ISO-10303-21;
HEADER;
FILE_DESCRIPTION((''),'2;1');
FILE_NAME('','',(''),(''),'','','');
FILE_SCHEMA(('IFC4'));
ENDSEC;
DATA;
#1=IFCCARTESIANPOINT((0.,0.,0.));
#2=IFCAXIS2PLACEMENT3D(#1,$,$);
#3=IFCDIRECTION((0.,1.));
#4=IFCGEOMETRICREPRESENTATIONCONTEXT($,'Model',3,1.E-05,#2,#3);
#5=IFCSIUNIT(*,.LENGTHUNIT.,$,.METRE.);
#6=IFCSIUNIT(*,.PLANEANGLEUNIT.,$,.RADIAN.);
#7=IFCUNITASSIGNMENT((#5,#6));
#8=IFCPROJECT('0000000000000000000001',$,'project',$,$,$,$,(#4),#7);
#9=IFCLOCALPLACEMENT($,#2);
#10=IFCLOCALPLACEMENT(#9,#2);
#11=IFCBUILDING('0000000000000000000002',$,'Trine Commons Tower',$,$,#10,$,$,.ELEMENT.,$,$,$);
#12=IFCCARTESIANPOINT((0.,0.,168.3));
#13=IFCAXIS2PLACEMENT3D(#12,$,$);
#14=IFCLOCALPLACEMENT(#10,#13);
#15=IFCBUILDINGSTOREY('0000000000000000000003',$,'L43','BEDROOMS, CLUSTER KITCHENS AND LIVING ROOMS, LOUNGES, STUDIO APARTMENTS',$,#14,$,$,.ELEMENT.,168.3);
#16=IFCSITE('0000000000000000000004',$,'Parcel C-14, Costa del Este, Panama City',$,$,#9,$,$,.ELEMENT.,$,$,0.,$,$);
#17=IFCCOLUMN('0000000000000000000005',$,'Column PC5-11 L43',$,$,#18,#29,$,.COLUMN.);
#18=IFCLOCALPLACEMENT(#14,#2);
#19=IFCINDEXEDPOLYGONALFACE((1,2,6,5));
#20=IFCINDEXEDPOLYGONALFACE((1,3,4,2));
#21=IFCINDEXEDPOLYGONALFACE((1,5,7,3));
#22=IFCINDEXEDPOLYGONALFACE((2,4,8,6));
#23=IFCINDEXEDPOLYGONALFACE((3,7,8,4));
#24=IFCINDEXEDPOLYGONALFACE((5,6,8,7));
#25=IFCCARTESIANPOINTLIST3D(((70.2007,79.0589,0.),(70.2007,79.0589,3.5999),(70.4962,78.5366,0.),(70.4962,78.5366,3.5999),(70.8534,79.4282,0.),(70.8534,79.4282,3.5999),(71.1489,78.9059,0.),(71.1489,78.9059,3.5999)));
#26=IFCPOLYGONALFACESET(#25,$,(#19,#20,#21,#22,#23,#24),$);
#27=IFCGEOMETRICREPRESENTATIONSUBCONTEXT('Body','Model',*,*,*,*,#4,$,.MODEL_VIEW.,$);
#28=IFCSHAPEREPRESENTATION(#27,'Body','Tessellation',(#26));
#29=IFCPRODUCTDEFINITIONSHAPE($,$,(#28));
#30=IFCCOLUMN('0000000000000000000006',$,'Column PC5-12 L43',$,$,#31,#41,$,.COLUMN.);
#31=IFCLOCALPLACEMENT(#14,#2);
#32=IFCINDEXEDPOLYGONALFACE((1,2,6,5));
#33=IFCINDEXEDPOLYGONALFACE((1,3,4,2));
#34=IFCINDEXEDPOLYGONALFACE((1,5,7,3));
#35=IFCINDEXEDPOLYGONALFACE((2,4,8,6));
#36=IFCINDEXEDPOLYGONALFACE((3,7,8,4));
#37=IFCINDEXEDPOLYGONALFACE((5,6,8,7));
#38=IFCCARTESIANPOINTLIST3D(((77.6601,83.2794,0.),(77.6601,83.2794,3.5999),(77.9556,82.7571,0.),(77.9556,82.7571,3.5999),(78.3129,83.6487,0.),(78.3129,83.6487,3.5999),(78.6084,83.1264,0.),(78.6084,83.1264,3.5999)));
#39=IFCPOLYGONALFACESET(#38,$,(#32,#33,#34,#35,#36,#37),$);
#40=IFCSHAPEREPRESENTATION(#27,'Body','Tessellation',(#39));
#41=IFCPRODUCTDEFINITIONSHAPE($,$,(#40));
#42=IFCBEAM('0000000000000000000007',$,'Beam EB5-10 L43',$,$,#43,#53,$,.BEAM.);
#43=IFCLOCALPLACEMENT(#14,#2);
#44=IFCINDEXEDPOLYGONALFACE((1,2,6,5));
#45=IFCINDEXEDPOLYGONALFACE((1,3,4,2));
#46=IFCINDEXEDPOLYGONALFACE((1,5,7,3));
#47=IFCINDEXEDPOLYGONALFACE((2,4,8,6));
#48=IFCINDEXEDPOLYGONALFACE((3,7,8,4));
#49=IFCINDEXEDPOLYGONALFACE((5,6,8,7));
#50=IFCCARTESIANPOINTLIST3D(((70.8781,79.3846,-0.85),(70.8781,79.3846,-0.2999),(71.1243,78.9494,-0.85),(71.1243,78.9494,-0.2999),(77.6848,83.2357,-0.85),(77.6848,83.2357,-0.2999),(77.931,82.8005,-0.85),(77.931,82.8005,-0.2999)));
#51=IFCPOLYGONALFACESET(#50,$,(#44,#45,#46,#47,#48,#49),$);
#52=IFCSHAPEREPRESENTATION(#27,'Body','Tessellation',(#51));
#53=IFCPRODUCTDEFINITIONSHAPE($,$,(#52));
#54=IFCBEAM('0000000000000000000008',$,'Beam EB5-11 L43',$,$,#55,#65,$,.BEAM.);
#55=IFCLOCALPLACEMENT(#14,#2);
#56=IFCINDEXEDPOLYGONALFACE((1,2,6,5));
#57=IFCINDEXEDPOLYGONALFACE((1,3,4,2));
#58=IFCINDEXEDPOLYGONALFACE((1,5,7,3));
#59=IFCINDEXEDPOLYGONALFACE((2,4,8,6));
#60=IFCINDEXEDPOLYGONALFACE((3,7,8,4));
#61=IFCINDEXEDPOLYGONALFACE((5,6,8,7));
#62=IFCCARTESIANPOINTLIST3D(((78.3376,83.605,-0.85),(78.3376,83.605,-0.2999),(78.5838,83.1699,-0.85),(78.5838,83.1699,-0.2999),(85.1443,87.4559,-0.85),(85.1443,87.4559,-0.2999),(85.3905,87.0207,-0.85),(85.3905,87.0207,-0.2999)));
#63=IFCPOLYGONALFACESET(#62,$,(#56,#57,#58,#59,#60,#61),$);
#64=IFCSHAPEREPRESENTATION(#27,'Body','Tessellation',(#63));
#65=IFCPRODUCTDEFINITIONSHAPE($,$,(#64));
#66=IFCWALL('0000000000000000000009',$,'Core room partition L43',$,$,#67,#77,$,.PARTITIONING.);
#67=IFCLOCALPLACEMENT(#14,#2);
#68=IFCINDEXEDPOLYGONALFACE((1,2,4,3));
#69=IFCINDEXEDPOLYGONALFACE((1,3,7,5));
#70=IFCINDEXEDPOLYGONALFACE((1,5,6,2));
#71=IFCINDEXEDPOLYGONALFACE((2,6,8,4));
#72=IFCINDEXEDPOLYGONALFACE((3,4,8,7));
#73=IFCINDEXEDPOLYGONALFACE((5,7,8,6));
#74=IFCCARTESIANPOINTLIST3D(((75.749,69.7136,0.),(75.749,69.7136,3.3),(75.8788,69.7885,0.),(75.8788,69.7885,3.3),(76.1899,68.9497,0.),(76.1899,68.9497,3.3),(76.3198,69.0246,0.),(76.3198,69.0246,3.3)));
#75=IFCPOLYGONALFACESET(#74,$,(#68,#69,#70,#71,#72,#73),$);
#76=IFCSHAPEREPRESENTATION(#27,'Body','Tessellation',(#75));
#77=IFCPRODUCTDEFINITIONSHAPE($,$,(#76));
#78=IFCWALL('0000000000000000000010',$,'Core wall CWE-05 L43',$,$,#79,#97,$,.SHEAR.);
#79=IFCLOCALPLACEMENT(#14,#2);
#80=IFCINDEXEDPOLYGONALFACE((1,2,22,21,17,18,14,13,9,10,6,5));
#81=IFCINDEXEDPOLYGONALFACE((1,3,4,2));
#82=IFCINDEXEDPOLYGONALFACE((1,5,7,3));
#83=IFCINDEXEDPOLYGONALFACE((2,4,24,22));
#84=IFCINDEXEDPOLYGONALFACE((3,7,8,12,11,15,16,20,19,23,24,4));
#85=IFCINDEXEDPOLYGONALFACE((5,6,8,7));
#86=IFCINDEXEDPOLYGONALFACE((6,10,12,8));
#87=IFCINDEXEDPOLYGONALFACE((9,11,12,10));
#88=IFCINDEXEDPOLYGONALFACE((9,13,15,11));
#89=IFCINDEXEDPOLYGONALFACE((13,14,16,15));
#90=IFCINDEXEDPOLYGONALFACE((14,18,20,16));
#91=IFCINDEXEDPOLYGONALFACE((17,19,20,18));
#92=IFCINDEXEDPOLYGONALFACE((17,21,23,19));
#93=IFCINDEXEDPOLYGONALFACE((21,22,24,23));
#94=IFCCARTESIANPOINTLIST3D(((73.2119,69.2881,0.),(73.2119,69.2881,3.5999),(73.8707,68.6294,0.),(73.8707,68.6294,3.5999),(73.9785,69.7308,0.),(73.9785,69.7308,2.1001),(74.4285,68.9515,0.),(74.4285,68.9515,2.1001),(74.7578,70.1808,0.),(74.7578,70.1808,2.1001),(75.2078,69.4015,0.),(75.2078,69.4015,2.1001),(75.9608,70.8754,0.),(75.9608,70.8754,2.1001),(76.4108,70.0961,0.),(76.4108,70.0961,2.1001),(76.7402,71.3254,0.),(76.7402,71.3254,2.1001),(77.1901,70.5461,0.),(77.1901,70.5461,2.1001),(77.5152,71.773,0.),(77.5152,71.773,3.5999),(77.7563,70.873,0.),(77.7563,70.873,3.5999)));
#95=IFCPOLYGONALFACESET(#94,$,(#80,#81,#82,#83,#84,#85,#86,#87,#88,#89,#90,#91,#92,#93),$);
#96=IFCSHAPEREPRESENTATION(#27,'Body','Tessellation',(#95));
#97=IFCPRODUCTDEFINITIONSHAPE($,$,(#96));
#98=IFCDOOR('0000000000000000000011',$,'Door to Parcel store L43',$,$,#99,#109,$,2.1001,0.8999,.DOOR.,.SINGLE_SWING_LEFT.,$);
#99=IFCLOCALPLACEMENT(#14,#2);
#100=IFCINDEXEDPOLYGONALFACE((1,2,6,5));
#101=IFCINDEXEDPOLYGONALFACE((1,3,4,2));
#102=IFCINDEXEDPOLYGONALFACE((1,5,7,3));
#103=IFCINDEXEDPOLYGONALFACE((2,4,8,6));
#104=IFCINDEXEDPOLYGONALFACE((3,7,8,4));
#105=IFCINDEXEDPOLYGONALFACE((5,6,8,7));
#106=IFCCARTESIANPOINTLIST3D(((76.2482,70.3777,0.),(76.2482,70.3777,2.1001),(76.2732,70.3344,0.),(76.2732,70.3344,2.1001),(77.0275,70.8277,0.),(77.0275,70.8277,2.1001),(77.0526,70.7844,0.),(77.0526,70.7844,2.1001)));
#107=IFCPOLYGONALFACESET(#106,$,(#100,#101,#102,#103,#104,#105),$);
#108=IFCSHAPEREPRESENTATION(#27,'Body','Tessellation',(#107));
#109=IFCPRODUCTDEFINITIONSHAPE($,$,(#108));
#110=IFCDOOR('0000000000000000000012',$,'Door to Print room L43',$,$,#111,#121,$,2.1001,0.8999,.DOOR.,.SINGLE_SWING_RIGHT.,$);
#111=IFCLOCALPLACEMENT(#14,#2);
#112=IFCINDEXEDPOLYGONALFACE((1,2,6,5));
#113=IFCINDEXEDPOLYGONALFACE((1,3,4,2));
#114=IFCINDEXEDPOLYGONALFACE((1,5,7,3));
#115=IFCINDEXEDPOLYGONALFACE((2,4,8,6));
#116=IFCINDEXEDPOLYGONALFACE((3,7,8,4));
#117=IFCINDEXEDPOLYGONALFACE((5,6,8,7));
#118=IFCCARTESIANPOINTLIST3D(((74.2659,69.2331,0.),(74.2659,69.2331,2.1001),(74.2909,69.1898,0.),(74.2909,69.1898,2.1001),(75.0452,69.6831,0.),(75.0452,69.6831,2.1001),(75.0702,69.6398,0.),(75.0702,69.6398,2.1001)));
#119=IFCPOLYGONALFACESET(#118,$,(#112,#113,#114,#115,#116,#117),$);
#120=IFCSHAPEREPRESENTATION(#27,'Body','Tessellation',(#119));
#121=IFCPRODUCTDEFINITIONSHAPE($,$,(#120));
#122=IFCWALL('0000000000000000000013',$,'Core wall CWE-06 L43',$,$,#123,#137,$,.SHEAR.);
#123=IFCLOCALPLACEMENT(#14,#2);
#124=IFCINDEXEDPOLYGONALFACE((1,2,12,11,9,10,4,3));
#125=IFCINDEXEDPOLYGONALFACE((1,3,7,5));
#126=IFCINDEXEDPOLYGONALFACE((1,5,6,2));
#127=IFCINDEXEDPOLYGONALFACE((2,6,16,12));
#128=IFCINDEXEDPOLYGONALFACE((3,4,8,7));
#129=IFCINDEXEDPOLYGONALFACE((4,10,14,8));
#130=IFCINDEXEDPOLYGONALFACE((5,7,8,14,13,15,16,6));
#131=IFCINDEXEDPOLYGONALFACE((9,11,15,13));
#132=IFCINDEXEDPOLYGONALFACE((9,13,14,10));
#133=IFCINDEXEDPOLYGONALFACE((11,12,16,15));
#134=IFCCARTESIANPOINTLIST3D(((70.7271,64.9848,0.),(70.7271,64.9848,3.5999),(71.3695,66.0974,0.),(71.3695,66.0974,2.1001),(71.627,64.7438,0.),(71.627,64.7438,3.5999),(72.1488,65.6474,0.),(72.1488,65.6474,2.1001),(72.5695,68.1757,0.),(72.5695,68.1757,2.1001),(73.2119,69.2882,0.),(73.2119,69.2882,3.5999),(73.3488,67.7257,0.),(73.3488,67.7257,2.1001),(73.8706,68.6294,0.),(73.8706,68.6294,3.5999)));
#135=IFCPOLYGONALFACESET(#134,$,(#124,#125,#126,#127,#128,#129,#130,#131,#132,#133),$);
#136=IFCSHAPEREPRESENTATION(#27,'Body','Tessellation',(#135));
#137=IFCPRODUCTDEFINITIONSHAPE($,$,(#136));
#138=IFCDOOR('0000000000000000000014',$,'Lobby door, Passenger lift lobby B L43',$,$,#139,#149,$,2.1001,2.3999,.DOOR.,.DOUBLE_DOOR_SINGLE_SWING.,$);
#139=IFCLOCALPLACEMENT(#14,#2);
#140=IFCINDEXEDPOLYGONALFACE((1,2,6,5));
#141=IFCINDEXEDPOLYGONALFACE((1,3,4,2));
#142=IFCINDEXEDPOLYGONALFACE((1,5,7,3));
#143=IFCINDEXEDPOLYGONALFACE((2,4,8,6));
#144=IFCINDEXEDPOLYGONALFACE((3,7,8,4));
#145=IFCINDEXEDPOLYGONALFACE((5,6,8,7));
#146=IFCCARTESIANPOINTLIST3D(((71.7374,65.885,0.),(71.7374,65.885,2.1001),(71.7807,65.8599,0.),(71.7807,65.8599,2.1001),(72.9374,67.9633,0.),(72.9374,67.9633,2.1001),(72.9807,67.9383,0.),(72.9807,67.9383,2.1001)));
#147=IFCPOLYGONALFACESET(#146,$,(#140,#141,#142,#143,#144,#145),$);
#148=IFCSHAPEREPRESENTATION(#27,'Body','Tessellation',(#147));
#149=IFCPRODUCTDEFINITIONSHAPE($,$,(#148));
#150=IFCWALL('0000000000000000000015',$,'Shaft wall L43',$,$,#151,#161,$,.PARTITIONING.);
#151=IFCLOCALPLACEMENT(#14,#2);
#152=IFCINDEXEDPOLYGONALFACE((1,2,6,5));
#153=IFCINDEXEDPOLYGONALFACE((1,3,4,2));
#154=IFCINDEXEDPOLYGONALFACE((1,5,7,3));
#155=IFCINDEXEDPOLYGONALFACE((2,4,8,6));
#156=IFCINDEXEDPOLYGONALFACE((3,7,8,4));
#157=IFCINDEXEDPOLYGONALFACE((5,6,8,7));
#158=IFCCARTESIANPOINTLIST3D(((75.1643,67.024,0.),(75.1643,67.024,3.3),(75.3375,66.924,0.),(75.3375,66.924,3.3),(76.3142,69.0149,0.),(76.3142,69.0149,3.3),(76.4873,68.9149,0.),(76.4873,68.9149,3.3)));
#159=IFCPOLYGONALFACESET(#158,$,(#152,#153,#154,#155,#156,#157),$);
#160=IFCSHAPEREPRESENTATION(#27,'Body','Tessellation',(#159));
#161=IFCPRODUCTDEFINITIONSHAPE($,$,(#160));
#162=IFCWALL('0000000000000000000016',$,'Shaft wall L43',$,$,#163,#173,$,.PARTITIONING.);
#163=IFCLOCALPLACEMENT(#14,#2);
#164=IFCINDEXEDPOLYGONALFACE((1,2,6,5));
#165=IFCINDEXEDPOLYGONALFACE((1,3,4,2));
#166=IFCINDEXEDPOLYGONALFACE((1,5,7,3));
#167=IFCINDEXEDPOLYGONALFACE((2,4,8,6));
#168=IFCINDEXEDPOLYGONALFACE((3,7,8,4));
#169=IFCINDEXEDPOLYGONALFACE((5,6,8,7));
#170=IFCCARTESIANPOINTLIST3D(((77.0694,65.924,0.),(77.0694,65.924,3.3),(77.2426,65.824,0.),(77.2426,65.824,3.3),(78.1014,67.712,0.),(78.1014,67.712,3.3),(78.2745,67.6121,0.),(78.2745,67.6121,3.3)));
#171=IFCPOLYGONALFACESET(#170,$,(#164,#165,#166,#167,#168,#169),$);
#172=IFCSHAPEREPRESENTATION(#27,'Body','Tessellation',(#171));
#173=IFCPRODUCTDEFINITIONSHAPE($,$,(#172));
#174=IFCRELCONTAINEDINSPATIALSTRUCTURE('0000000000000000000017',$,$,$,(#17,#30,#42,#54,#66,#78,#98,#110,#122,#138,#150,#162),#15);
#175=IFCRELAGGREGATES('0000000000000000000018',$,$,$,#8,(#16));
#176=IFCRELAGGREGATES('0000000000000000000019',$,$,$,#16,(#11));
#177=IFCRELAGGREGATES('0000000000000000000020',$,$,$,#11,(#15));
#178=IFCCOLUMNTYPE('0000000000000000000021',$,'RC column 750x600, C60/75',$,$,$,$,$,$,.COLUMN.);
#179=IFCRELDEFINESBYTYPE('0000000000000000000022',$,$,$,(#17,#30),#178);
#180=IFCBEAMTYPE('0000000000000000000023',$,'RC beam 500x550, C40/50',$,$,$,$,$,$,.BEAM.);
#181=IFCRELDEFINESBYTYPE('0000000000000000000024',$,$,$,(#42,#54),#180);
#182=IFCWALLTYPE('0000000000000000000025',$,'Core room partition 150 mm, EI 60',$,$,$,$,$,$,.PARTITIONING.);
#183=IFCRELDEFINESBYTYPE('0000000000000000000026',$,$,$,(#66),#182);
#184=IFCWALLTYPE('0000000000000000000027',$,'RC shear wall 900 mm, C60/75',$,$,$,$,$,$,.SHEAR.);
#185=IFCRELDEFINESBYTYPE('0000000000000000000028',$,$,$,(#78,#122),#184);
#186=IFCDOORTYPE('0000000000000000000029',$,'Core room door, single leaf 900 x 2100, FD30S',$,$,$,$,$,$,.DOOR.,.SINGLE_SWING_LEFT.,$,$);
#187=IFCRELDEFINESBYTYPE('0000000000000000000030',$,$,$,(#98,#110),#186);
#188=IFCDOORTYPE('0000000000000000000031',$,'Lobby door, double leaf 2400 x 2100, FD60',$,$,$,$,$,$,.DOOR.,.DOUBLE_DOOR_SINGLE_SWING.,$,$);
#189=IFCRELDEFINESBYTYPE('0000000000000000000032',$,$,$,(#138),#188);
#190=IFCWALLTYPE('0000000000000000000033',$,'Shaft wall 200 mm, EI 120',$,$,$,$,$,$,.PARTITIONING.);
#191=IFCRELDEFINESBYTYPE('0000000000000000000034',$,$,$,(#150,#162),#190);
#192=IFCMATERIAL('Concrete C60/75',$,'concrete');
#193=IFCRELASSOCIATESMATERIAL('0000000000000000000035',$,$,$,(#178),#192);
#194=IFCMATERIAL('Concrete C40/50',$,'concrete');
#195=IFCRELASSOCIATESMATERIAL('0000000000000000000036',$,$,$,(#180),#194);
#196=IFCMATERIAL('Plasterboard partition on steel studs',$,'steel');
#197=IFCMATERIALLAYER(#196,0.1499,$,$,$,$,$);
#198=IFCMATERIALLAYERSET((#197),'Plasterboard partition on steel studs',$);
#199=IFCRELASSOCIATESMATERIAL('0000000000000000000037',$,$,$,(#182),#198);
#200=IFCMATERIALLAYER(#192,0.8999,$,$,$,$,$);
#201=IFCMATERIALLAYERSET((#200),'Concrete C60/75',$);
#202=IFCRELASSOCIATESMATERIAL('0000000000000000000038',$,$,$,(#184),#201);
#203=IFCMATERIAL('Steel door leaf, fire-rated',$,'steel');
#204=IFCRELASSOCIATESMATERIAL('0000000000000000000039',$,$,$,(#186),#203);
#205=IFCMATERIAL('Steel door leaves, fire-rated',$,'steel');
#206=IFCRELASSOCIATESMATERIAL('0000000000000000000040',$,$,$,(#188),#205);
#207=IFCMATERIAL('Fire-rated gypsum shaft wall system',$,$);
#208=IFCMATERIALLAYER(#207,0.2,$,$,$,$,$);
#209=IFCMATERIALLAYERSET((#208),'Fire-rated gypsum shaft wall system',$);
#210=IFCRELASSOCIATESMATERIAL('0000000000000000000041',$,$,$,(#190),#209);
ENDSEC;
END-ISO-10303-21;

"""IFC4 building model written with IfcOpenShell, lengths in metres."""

from ifc_helpers import new_model, si_unit, direction, frame, frame_2d, origin, origin_2d, place, context, subcontext, project, spatial, polyline, rectangle, outline, extrude, material, layer, layer_set, material_profile, profile_set, type_object, element, fill, save


model = new_model("IFC4")

# Units and contexts
model_context = context("Model", 3, precision=1e-05, world=origin(), true_north=direction((0.0, 1.0)))
body_context = subcontext(model_context, "Body", "Model", "MODEL_VIEW")
ifc_project = project(units=[si_unit("LENGTHUNIT", "METRE"), si_unit("PLANEANGLEUNIT", "RADIAN")], contexts=[model_context])

# Site, building, storey
site_placement = place(None, origin())
site = spatial("IfcSite", under=ifc_project, at=site_placement, Name="Parcel C-14, Costa del Este, Panama City", CompositionType="ELEMENT", RefElevation=0.0)
building_placement = place(site_placement, origin())
building = spatial("IfcBuilding", under=site, at=building_placement, Name="Trine Commons Tower", CompositionType="ELEMENT")
storey_placement = place(building_placement, frame((0.0, 0.0, 168.3)))
storey = spatial("IfcBuildingStorey", under=building, at=storey_placement, Name="L43", Description="BEDROOMS, CLUSTER KITCHENS AND LIVING ROOMS, LOUNGES, STUDIO APARTMENTS", CompositionType="ELEMENT", Elevation=168.3)

# Columns
ifc_material_1 = material(Name="Concrete C60/75", Category="concrete")
ifc_material_profile_1 = material_profile(ifc_material_1, rectangle(XDim=0.75, YDim=0.6001, at=origin_2d()), Name="RC 750x600")
ifc_profile_set_1 = profile_set([ifc_material_profile_1], Name="Concrete C60/75")
column_type = type_object("IfcColumnType", Name="RC column 750x600, C60/75", PredefinedType="COLUMN", material=ifc_profile_set_1)
for number, where, z_axis, x_axis, name in (
    (1, (70.6748, 78.9824, 0.0), (0.0, 0.0, 1.0), (0.870356, 0.492424, 0.0), "Column PC5-11 L43"),
    (2, (78.1343, 83.2029, 0.0), (0.0, 0.0, 1.0), (0.870356, 0.492424, 0.0), "Column PC5-12 L43"),
):
    element("IfcColumn", number, at=place(storey_placement, frame(where, z_axis=z_axis, x_axis=x_axis)), inside=storey, type_object=column_type, Name=name, PredefinedType="COLUMN", context=body_context, shape_type="SweptSolid", body=[
        extrude(rectangle(XDim=0.75, YDim=0.6001, at=origin_2d()), origin(), (0.0, 0.0, 1.0), 3.5999),
    ])

# Beams
ifc_material_2 = material(Name="Concrete C40/50", Category="concrete")
ifc_material_profile_2 = material_profile(ifc_material_2, rectangle(XDim=0.5, YDim=0.55, at=origin_2d()), Name="RC 500x550")
ifc_profile_set_2 = profile_set([ifc_material_profile_2], Name="Concrete C40/50")
beam_type = type_object("IfcBeamType", Name="RC beam 500x550, C40/50", PredefinedType="BEAM", material=ifc_profile_set_2)
for number, where, z_axis, x_axis, name in (
    (3, (71.0012, 79.167, -0.575), (0.870352, 0.49243, 0.0), (-0.49243, 0.870352, 0.0), "Beam EB5-10 L43"),
    (4, (78.4607, 83.3875, -0.575), (0.870366, 0.492406, 0.0), (-0.492406, 0.870366, 0.0), "Beam EB5-11 L43"),
):
    element("IfcBeam", number, at=place(storey_placement, frame(where, z_axis=z_axis, x_axis=x_axis)), inside=storey, type_object=beam_type, Name=name, PredefinedType="BEAM", context=body_context, shape_type="SweptSolid", body=[
        extrude(rectangle(XDim=0.5, YDim=0.55, at=origin_2d()), origin(), (0.0, 0.0, 1.0), 7.8206),
    ])

# Wall
ifc_material_3 = material(Name="Plasterboard partition on steel studs", Category="steel")
ifc_layer_1 = layer(ifc_material_3, 0.1499)
ifc_layer_set_1 = layer_set([ifc_layer_1], Name="Plasterboard partition on steel studs")
wall_type_1 = type_object("IfcWallType", Name="Core room partition 150 mm, EI 60", PredefinedType="PARTITIONING", material=ifc_layer_set_1)
wall_1_placement = place(storey_placement, frame((75.814, 69.751, 0.0), z_axis=(0.0, 0.0, 1.0), x_axis=(0.49989, -0.866089, 0.0)))
element("IfcWall", 5, at=wall_1_placement, inside=storey, type_object=wall_type_1, Name="Core room partition L43", PredefinedType="PARTITIONING", context=body_context, shape_type="SweptSolid", body=[
    extrude(rectangle(XDim=0.8821, YDim=0.1499, at=frame_2d((0.4409, 0.0))), origin(), (0.0, 0.0, 1.0), 3.3),
])

# Wall, openings, doors
ifc_layer_2 = layer(ifc_material_1, 0.8999)
ifc_layer_set_2 = layer_set([ifc_layer_2], Name="Concrete C60/75")
wall_type_2 = type_object("IfcWallType", Name="RC shear wall 900 mm, C60/75", PredefinedType="SHEAR", material=ifc_layer_set_2)
wall_2_placement = place(storey_placement, frame((77.7402, 71.3833, 0.0), z_axis=(0.0, 0.0, 1.0), x_axis=(-0.866003, -0.500039, 0.0)))
wall_2 = element("IfcWall", 6, at=wall_2_placement, inside=storey, type_object=wall_type_2, Name="Core wall CWE-05 L43", PredefinedType="SHEAR", context=body_context, shape_type="SweptSolid", body=[
    extrude(outline(polyline([(0.0, -0.45), (4.9692, -0.45), (4.728, 0.45), (0.2412, 0.45), (0.0, -0.45)])), origin(), (0.0, 0.0, 1.0), 3.5999),
])
opening_1_placement = place(wall_2_placement, frame((0.895, 0.0, 0.0)))
opening_1 = element("IfcOpeningElement", 7, at=opening_1_placement, cuts=wall_2, PredefinedType="OPENING", context=body_context, shape_type="SweptSolid", body=[
    extrude(rectangle(XDim=0.8999, YDim=2.1001, at=frame_2d((0.45, 1.05))), frame((0.0, 0.46, 0.0), z_axis=(0.0, -1.0, 0.0), x_axis=(1.0, 0.0, 0.0)), (0.0, 0.0, 1.0), 0.9199),
])
opening_2_placement = place(wall_2_placement, frame((3.1841, 0.0, 0.0)))
opening_2 = element("IfcOpeningElement", 8, at=opening_2_placement, cuts=wall_2, PredefinedType="OPENING", context=body_context, shape_type="SweptSolid", body=[
    extrude(rectangle(XDim=0.8999, YDim=2.1001, at=frame_2d((0.45, 1.05))), frame((0.0, 0.46, 0.0), z_axis=(0.0, -1.0, 0.0), x_axis=(1.0, 0.0, 0.0)), (0.0, 0.0, 1.0), 0.9199),
])
ifc_material_4 = material(Name="Steel door leaf, fire-rated", Category="steel")
door_type_1 = type_object("IfcDoorType", Name="Core room door, single leaf 900 x 2100, FD30S", OperationType="SINGLE_SWING_LEFT", PredefinedType="DOOR", material=ifc_material_4)
door_1_placement = place(opening_1_placement, origin())
door_1 = element("IfcDoor", 9, at=door_1_placement, inside=storey, type_object=door_type_1, Name="Door to Parcel store L43", OperationType="SINGLE_SWING_LEFT", OverallHeight=2.1001, OverallWidth=0.8999, PredefinedType="DOOR", context=body_context, shape_type="SweptSolid", body=[
    extrude(rectangle(XDim=0.8999, YDim=2.1001, at=frame_2d((0.45, 1.05))), frame((0.0, 0.1748, 0.0), z_axis=(0.0, -1.0, 0.0), x_axis=(1.0, 0.0, 0.0)), (0.0, 0.0, 1.0), 0.05),
])
fill(opening_1, door_1)
door_2_placement = place(opening_2_placement, origin())
door_2 = element("IfcDoor", 10, at=door_2_placement, inside=storey, type_object=door_type_1, Name="Door to Print room L43", OperationType="SINGLE_SWING_RIGHT", OverallHeight=2.1001, OverallWidth=0.8999, PredefinedType="DOOR", context=body_context, shape_type="SweptSolid", body=[
    extrude(rectangle(XDim=0.8999, YDim=2.1001, at=frame_2d((0.45, 1.05))), frame((0.0, 0.1748, 0.0), z_axis=(0.0, -1.0, 0.0), x_axis=(1.0, 0.0, 0.0)), (0.0, 0.0, 1.0), 0.05),
])
fill(opening_2, door_2)

# Wall, opening, door
wall_3_placement = place(storey_placement, frame((73.6016, 69.0632, 0.0), z_axis=(0.0, 0.0, 1.0), x_axis=(-0.500039, -0.866003, 0.0)))
wall_3 = element("IfcWall", 11, at=wall_3_placement, inside=storey, type_object=wall_type_2, Name="Core wall CWE-06 L43", PredefinedType="SHEAR", context=body_context, shape_type="SweptSolid", body=[
    extrude(outline(polyline([(0.0, -0.45), (4.9692, -0.45), (4.728, 0.45), (0.2412, 0.45), (0.0, -0.45)])), origin(), (0.0, 0.0, 1.0), 3.5999),
])
opening_3_placement = place(wall_3_placement, frame((1.2847, 0.0, 0.0)))
opening_3 = element("IfcOpeningElement", 12, at=opening_3_placement, cuts=wall_3, PredefinedType="OPENING", context=body_context, shape_type="SweptSolid", body=[
    extrude(rectangle(XDim=2.3999, YDim=2.1001, at=frame_2d((1.2, 1.05))), frame((0.0, 0.46, 0.0), z_axis=(0.0, -1.0, 0.0), x_axis=(1.0, 0.0, 0.0)), (0.0, 0.0, 1.0), 0.9199),
])
ifc_material_5 = material(Name="Steel door leaves, fire-rated", Category="steel")
door_type_2 = type_object("IfcDoorType", Name="Lobby door, double leaf 2400 x 2100, FD60", OperationType="DOUBLE_DOOR_SINGLE_SWING", PredefinedType="DOOR", material=ifc_material_5)
door_3_placement = place(opening_3_placement, origin())
door_3 = element("IfcDoor", 13, at=door_3_placement, inside=storey, type_object=door_type_2, Name="Lobby door, Passenger lift lobby B L43", OperationType="DOUBLE_DOOR_SINGLE_SWING", OverallHeight=2.1001, OverallWidth=2.3999, PredefinedType="DOOR", context=body_context, shape_type="SweptSolid", body=[
    extrude(rectangle(XDim=2.3999, YDim=2.1001, at=frame_2d((1.2, 1.05))), frame((0.0, 0.0249, 0.0), z_axis=(0.0, -1.0, 0.0), x_axis=(1.0, 0.0, 0.0)), (0.0, 0.0, 1.0), 0.05),
])
fill(opening_3, door_3)

# Walls
ifc_material_6 = material(Name="Fire-rated gypsum shaft wall system")
ifc_layer_3 = layer(ifc_material_6, 0.2)
ifc_layer_set_3 = layer_set([ifc_layer_3], Name="Fire-rated gypsum shaft wall system")
wall_type_3 = type_object("IfcWallType", Name="Shaft wall 200 mm, EI 120", PredefinedType="PARTITIONING", material=ifc_layer_set_3)
wall_4_placement = place(storey_placement, frame((75.251, 66.9741, 0.0), z_axis=(0.0, 0.0, 1.0), x_axis=(0.500136, 0.865947, 0.0)))
element("IfcWall", 14, at=wall_4_placement, inside=storey, type_object=wall_type_3, Name="Shaft wall L43", PredefinedType="PARTITIONING", context=body_context, shape_type="SweptSolid", body=[
    extrude(rectangle(XDim=2.2991, YDim=0.2, at=frame_2d((1.1494, 0.0))), origin(), (0.0, 0.0, 1.0), 3.3),
])
wall_5_placement = place(storey_placement, frame((77.156, 65.874, 0.0), z_axis=(0.0, 0.0, 1.0), x_axis=(0.499866, 0.866103, 0.0)))
element("IfcWall", 15, at=wall_5_placement, inside=storey, type_object=wall_type_3, Name="Shaft wall L43", PredefinedType="PARTITIONING", context=body_context, shape_type="SweptSolid", body=[
    extrude(rectangle(XDim=2.0645, YDim=0.2, at=frame_2d((1.0322, 0.0))), origin(), (0.0, 0.0, 1.0), 3.3),
])

save(model, "model.ifc")
